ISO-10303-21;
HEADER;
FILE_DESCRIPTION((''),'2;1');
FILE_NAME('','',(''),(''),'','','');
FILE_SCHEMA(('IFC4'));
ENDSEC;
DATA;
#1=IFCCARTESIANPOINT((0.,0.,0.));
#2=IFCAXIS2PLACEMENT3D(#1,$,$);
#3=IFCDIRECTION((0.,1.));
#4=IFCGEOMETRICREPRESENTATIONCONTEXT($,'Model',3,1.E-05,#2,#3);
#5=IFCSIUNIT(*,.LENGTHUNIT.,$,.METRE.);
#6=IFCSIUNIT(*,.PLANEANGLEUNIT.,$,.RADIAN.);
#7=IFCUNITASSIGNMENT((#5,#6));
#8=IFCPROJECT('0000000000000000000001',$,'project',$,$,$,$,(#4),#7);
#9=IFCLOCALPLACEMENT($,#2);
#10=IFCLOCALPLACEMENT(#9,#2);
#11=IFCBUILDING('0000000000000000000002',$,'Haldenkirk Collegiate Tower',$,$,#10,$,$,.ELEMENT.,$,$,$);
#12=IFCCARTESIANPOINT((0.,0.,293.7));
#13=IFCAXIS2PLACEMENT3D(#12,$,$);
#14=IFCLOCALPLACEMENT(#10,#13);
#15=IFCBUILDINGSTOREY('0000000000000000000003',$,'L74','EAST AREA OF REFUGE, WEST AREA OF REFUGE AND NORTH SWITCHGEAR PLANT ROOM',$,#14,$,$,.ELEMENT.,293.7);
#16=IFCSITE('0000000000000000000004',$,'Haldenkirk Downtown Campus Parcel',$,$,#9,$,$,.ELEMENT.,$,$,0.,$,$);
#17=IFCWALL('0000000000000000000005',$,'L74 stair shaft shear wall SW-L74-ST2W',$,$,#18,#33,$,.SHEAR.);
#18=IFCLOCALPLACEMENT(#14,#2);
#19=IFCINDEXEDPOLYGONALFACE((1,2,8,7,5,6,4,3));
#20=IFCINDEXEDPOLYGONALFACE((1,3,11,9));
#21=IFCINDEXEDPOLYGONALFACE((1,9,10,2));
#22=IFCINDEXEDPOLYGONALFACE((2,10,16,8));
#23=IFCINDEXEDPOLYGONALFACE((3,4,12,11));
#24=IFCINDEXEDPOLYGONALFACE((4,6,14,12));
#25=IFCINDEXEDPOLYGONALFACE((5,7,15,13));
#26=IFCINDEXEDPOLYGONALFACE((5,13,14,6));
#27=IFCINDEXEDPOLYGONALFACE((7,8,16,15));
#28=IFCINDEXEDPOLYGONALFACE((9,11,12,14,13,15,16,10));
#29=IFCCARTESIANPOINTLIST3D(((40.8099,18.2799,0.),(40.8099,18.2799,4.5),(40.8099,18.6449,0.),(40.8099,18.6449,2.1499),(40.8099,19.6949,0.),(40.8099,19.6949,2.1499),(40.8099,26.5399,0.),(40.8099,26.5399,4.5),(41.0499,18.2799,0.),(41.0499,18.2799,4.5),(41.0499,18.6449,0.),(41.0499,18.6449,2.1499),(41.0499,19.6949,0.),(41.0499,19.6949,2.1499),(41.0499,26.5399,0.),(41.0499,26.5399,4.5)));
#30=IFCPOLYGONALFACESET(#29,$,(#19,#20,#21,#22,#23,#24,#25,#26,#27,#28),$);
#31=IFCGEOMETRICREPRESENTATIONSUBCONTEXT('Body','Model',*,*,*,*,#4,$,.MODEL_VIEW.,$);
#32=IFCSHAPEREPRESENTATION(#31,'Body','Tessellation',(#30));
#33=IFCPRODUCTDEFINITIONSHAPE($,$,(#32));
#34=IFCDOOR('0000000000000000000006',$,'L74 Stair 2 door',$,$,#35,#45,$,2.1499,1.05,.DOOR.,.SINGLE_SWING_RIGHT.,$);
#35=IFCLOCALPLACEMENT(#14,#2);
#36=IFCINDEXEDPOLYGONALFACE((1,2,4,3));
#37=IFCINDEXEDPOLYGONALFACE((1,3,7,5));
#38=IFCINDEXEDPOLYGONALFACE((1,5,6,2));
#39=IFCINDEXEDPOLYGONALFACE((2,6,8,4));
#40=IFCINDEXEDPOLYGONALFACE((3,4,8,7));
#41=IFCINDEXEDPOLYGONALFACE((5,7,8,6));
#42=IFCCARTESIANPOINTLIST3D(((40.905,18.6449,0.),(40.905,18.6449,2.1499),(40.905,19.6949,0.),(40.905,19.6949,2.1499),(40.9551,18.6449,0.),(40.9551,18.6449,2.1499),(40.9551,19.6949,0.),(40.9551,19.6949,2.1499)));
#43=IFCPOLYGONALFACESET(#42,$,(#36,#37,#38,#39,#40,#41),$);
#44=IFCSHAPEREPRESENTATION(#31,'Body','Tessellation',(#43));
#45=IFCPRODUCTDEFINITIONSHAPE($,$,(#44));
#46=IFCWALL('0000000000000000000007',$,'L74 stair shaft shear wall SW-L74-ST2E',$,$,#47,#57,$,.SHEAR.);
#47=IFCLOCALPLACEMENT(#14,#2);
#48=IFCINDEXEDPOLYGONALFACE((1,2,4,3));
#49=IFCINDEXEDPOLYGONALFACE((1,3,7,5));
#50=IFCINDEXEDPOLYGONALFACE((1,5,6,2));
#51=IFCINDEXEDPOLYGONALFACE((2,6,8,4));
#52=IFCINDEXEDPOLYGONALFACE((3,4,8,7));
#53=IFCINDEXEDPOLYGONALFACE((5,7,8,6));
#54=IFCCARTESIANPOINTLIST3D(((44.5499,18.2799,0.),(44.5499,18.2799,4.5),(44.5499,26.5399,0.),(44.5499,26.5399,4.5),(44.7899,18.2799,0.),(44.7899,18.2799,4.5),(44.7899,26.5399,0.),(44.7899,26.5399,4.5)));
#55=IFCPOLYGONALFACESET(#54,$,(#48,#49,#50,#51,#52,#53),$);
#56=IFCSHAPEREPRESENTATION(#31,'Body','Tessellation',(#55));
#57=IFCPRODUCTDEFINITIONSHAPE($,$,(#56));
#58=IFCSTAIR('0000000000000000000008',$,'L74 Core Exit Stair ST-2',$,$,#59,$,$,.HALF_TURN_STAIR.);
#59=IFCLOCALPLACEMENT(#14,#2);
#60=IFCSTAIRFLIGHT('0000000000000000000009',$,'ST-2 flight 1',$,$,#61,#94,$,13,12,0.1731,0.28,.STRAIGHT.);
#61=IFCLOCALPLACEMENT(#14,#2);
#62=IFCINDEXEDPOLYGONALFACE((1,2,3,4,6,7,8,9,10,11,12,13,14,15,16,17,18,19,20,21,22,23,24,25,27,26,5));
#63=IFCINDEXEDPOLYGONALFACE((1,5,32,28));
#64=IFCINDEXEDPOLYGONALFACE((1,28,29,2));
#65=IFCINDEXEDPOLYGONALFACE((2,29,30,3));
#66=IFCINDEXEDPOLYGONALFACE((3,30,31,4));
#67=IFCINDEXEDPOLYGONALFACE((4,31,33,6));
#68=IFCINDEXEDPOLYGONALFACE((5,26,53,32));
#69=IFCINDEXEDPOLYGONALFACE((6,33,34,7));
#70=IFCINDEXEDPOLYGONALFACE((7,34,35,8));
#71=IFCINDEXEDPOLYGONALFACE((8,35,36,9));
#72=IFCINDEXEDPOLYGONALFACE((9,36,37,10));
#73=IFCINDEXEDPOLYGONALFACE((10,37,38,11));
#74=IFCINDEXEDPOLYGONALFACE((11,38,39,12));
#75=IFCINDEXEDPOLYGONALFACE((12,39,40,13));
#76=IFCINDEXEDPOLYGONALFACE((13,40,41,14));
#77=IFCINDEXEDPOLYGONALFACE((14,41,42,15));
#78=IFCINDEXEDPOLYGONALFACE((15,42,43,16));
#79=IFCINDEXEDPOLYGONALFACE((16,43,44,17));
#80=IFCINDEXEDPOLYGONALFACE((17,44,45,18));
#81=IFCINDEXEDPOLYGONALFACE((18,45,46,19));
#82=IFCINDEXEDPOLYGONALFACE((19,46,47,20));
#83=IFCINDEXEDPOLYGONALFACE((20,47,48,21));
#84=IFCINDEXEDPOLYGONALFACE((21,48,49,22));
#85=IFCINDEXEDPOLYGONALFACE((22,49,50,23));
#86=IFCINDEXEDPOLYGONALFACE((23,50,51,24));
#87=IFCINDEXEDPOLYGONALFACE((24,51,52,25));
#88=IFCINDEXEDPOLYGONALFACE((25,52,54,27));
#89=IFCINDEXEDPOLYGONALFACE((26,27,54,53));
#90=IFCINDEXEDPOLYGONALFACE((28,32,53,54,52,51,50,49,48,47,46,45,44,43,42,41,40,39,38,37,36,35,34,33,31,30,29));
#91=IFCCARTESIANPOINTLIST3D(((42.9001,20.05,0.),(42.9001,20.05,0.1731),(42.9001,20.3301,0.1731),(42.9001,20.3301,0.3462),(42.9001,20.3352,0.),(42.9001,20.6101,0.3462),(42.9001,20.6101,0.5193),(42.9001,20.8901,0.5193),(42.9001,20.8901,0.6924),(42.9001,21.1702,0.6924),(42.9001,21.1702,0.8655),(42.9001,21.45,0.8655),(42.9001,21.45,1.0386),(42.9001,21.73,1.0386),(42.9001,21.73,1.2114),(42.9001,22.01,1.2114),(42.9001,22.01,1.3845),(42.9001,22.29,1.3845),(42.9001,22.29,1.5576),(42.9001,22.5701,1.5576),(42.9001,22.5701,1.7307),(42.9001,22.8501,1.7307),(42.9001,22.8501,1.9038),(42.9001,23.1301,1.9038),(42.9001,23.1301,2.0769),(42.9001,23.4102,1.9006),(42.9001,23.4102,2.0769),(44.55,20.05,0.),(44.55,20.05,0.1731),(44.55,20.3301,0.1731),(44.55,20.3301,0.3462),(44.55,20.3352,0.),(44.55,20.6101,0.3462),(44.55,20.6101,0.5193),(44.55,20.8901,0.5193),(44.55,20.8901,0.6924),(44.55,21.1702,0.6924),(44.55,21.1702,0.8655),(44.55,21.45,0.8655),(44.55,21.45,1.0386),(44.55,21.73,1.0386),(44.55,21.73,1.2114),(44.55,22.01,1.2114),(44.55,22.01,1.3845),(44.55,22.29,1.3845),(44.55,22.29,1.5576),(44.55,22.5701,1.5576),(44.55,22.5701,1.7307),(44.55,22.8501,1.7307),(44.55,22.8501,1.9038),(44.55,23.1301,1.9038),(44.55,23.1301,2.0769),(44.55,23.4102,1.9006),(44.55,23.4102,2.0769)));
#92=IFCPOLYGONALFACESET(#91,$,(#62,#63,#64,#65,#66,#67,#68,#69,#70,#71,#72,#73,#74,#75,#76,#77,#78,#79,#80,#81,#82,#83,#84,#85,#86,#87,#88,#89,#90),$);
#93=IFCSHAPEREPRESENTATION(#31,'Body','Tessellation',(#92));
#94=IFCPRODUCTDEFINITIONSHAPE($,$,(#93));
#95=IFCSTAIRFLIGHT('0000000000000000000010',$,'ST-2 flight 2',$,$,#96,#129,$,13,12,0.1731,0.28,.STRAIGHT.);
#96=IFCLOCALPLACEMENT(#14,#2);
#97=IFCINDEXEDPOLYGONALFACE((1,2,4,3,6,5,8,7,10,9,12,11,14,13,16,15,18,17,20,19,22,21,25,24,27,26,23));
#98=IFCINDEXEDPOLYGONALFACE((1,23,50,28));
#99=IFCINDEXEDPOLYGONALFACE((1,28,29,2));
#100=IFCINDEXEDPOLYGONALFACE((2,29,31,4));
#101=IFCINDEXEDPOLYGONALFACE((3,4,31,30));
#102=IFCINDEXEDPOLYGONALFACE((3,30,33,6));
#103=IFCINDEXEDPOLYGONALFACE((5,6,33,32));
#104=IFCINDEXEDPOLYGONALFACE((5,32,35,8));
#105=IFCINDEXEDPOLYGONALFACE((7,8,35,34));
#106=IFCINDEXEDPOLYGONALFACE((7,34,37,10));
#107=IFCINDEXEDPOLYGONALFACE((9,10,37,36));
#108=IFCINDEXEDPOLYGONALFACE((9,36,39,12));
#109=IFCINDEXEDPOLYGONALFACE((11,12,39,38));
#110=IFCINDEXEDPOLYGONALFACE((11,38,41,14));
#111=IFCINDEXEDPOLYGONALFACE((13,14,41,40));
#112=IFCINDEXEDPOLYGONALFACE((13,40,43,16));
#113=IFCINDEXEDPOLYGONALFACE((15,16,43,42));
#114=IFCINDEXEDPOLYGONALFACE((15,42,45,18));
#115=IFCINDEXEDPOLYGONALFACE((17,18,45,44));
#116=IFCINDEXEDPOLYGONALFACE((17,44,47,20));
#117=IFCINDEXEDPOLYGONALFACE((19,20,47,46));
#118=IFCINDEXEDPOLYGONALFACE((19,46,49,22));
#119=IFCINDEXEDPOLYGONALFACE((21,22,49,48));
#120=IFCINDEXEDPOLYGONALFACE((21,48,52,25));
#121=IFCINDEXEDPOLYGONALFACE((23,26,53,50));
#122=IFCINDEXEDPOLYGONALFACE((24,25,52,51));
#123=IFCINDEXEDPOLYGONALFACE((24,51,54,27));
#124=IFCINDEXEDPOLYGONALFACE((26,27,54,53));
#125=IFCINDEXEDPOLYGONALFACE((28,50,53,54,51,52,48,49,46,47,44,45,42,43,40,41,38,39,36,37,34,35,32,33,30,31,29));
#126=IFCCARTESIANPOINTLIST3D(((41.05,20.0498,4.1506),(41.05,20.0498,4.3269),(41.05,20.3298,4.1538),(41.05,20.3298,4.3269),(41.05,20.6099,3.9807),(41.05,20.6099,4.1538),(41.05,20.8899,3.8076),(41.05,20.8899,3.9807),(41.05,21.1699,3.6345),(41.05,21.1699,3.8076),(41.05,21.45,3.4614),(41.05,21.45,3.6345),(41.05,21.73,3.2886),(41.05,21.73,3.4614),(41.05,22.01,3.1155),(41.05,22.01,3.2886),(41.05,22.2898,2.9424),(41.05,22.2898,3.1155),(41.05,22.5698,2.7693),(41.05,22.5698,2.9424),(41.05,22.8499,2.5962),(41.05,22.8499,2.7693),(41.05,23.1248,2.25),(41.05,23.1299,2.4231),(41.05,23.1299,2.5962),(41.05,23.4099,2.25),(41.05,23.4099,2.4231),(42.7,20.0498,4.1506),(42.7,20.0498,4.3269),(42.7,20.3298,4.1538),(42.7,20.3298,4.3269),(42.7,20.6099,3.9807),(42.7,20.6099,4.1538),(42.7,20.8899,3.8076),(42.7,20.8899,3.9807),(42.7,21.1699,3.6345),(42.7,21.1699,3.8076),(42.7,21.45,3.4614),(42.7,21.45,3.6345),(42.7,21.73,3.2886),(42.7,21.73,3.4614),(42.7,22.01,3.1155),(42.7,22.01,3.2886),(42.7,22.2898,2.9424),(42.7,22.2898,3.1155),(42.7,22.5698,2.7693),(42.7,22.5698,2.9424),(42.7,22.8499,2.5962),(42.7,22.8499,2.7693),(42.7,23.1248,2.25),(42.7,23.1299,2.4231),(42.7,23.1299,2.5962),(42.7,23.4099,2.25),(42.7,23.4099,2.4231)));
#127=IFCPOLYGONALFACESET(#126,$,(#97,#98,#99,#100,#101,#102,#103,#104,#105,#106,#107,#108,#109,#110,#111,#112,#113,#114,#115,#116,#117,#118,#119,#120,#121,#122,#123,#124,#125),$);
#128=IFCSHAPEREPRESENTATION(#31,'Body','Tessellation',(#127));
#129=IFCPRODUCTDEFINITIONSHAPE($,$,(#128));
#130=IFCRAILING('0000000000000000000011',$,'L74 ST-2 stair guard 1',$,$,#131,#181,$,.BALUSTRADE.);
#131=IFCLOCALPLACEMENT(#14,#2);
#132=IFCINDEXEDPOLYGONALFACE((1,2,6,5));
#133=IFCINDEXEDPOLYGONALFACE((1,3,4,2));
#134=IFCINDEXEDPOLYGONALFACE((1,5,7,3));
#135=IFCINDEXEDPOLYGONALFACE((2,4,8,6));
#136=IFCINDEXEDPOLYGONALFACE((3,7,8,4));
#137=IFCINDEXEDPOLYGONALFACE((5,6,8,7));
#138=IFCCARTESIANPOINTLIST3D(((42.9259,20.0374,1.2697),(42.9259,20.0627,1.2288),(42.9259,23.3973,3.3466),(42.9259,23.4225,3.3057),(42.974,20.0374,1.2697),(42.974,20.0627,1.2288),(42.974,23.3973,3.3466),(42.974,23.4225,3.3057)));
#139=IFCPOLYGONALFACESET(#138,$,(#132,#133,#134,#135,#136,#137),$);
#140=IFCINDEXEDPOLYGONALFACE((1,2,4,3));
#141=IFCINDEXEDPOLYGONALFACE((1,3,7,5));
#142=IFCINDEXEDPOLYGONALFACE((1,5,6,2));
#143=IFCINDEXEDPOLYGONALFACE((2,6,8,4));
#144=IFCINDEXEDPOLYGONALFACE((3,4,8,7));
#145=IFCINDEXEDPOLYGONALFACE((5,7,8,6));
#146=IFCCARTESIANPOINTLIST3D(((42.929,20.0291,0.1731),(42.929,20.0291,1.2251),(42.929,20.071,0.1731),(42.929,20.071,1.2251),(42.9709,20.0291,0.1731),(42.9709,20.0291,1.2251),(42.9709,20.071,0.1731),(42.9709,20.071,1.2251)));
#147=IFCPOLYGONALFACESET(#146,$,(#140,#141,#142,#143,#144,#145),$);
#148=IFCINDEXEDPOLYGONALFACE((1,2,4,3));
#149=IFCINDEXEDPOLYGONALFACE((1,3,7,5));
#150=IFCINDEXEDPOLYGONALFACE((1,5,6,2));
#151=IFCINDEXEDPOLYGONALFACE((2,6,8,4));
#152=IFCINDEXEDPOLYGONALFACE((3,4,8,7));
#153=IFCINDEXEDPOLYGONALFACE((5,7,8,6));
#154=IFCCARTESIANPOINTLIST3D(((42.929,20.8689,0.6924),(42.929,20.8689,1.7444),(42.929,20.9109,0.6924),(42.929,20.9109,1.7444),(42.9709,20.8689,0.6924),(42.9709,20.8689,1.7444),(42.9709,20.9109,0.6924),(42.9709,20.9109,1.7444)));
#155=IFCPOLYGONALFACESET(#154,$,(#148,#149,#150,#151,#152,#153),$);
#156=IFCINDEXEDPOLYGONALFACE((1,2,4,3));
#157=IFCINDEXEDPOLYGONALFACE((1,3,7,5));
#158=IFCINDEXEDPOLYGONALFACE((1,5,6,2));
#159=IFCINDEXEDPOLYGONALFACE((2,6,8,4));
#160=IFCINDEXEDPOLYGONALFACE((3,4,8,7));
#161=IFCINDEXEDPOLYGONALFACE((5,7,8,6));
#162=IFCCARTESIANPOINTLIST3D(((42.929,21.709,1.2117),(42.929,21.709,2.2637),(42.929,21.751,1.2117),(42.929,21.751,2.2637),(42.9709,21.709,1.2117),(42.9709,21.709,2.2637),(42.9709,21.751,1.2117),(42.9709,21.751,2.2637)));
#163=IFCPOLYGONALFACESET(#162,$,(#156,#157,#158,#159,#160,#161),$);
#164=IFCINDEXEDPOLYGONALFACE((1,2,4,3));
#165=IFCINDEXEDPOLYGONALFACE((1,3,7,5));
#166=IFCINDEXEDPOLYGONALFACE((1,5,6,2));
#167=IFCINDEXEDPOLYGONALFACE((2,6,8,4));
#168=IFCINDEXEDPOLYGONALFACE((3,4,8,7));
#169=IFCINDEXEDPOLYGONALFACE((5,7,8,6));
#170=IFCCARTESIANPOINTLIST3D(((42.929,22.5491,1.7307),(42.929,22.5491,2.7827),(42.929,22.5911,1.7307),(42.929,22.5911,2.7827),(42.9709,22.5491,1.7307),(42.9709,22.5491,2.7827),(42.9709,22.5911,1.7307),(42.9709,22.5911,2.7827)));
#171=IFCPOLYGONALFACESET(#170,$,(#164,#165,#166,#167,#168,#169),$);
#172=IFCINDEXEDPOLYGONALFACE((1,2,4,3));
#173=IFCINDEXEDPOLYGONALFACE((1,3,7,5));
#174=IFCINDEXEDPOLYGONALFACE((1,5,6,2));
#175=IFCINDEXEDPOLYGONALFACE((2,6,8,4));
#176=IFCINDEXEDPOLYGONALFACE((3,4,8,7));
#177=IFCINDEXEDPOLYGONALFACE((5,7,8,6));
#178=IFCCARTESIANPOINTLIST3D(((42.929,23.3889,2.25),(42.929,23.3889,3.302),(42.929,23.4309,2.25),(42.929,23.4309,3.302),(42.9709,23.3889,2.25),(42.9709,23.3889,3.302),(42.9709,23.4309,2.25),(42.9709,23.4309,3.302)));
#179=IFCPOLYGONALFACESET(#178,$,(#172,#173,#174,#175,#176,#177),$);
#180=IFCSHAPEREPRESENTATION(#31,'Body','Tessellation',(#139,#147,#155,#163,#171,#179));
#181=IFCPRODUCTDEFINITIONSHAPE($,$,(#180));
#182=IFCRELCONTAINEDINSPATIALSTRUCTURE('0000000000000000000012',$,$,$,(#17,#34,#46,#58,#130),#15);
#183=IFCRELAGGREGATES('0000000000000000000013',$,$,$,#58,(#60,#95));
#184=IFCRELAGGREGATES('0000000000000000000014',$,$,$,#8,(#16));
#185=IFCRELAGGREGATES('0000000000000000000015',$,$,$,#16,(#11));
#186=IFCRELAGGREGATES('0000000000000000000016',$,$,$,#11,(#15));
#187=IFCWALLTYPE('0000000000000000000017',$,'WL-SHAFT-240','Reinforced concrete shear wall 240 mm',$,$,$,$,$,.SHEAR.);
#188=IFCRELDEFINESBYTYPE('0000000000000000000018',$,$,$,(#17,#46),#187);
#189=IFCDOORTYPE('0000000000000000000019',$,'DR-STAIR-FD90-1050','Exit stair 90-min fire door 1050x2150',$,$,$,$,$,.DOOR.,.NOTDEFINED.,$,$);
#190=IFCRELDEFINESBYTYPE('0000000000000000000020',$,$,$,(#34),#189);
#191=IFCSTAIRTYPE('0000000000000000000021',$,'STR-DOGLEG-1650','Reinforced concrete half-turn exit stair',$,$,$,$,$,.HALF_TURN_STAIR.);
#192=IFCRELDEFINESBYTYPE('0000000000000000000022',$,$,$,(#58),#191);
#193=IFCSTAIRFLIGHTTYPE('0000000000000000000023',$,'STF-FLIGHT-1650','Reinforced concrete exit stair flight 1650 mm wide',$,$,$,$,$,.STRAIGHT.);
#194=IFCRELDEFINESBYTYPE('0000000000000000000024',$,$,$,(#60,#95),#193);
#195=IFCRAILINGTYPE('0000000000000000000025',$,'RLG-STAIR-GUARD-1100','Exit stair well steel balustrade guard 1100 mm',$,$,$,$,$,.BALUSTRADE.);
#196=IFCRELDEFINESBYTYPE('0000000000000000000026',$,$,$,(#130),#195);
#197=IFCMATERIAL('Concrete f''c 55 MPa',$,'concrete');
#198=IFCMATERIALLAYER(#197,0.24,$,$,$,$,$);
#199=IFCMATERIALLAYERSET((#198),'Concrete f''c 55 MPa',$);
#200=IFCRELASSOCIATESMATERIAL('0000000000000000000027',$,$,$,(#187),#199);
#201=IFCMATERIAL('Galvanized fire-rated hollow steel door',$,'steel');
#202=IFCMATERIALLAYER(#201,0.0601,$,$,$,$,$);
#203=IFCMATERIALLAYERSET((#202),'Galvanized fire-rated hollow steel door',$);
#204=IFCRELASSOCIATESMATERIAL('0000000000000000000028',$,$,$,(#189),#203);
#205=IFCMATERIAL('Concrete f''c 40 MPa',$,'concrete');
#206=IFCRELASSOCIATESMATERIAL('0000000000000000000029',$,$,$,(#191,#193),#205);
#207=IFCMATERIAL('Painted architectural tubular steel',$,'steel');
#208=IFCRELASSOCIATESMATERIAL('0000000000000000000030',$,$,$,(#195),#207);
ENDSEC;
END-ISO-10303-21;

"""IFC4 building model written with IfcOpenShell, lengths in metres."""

from ifc_helpers import new_model, si_unit, direction, frame, frame_2d, origin, origin_2d, place, context, subcontext, project, spatial, polyline, rectangle, outline, extrude, material, layer, layer_set, type_object, element, fill, aggregate, save


model = new_model("IFC4")

# Units and contexts
model_context = context("Model", 3, precision=1e-05, world=origin(), true_north=direction((0.0, 1.0)))
body_context = subcontext(model_context, "Body", "Model", "MODEL_VIEW")
ifc_project = project(units=[si_unit("LENGTHUNIT", "METRE"), si_unit("PLANEANGLEUNIT", "RADIAN")], contexts=[model_context])

# Site, building, storey
site_placement = place(None, origin())
site = spatial("IfcSite", under=ifc_project, at=site_placement, Name="Haldenkirk Downtown Campus Parcel", CompositionType="ELEMENT", RefElevation=0.0)
building_placement = place(site_placement, origin())
building = spatial("IfcBuilding", under=site, at=building_placement, Name="Haldenkirk Collegiate Tower", CompositionType="ELEMENT")
storey_placement = place(building_placement, frame((0.0, 0.0, 293.7)))
storey = spatial("IfcBuildingStorey", under=building, at=storey_placement, Name="L74", Description="EAST AREA OF REFUGE, WEST AREA OF REFUGE AND NORTH SWITCHGEAR PLANT ROOM", CompositionType="ELEMENT", Elevation=293.7)

# Shared definitions
ifc_material_1 = material(Name="Concrete f'c 55 MPa", Category="concrete")
ifc_material_2 = material(Name="Galvanized fire-rated hollow steel door", Category="steel")

# Wall, opening, door
ifc_layer_1 = layer(ifc_material_1, 0.24)
ifc_layer_set_1 = layer_set([ifc_layer_1], Name="Concrete f'c 55 MPa")
wall_type_1 = type_object("IfcWallType", Name="WL-SHAFT-240", Description="Reinforced concrete shear wall 240 mm", PredefinedType="SHEAR", material=ifc_layer_set_1)
wall_1_placement = place(storey_placement, frame((40.9299, 18.28, 0.0), z_axis=(0.0, 0.0, 1.0), x_axis=(0.0, 1.0, 0.0)))
wall_1 = element("IfcWall", 1, at=wall_1_placement, inside=storey, type_object=wall_type_1, Name="L74 stair shaft shear wall SW-L74-ST2W", PredefinedType="SHEAR", context=body_context, shape_type="SweptSolid", body=[
    extrude(rectangle(XDim=8.26, YDim=0.24, at=frame_2d((4.1299, 0.0))), origin(), (0.0, 0.0, 1.0), 4.5),
])
opening_1_placement = place(wall_1_placement, frame((0.365, 0.0, 0.0)))
opening_1 = element("IfcOpeningElement", 2, at=opening_1_placement, cuts=wall_1, PredefinedType="OPENING", context=body_context, shape_type="SweptSolid", body=[
    extrude(rectangle(XDim=1.05, YDim=2.1499, at=frame_2d((0.5249, 1.075))), frame((0.0, 0.1299, 0.0), z_axis=(0.0, -1.0, 0.0), x_axis=(1.0, 0.0, 0.0)), (0.0, 0.0, 1.0), 0.26),
])
ifc_layer_2 = layer(ifc_material_2, 0.0601)
ifc_layer_set_2 = layer_set([ifc_layer_2], Name="Galvanized fire-rated hollow steel door")
door_type_1 = type_object("IfcDoorType", Name="DR-STAIR-FD90-1050", Description="Exit stair 90-min fire door 1050x2150", OperationType="NOTDEFINED", PredefinedType="DOOR", material=ifc_layer_set_2)
door_1_placement = place(opening_1_placement, origin())
door_1 = element("IfcDoor", 3, at=door_1_placement, inside=storey, type_object=door_type_1, Name="L74 Stair 2 door", OperationType="SINGLE_SWING_RIGHT", OverallHeight=2.1499, OverallWidth=1.05, PredefinedType="DOOR", context=body_context, shape_type="SweptSolid", body=[
    extrude(rectangle(XDim=1.05, YDim=2.1499, at=frame_2d((0.5249, 1.075))), frame((0.0, 0.0249, 0.0), z_axis=(0.0, -1.0, 0.0), x_axis=(1.0, 0.0, 0.0)), (0.0, 0.0, 1.0), 0.05),
])
fill(opening_1, door_1)

# Wall
wall_2_placement = place(storey_placement, frame((44.6699, 18.28, 0.0), z_axis=(0.0, 0.0, 1.0), x_axis=(0.0, 1.0, 0.0)))
element("IfcWall", 4, at=wall_2_placement, inside=storey, type_object=wall_type_1, Name="L74 stair shaft shear wall SW-L74-ST2E", PredefinedType="SHEAR", context=body_context, shape_type="SweptSolid", body=[
    extrude(rectangle(XDim=8.26, YDim=0.24, at=frame_2d((4.1299, 0.0))), origin(), (0.0, 0.0, 1.0), 4.5),
])

# Stair, stair flights
ifc_material_3 = material(Name="Concrete f'c 40 MPa", Category="concrete")
stair_type = type_object("IfcStairType", Name="STR-DOGLEG-1650", Description="Reinforced concrete half-turn exit stair", PredefinedType="HALF_TURN_STAIR", material=ifc_material_3)
stair_placement = place(storey_placement, origin())
stair = element("IfcStair", 5, at=stair_placement, inside=storey, type_object=stair_type, Name="L74 Core Exit Stair ST-2", PredefinedType="HALF_TURN_STAIR")
stair_flight_type = type_object("IfcStairFlightType", Name="STF-FLIGHT-1650", Description="Reinforced concrete exit stair flight 1650 mm wide", PredefinedType="STRAIGHT", material=ifc_material_3)
stair_flight_1_placement = place(storey_placement, frame((43.7251, 20.05, 0.0), z_axis=(0.0, 0.0, 1.0), x_axis=(0.0, 1.0, 0.0)))
stair_flight_1 = element("IfcStairFlight", 6, at=stair_flight_1_placement, type_object=stair_flight_type, Name="ST-2 flight 1", NumberOfRisers=13, NumberOfTreads=12, PredefinedType="STRAIGHT", RiserHeight=0.1731, TreadLength=0.28, context=body_context, shape_type="SweptSolid", body=[
    extrude(outline(polyline([(0.0, 0.0), (0.0, 0.1731), (0.28, 0.1731), (0.28, 0.3462), (0.5601, 0.3462), (0.5601, 0.5193), (0.8401, 0.5193), (0.8401, 0.6924), (1.1201, 0.6924), (1.1201, 0.8655), (1.3999, 0.8655), (1.3999, 1.0386), (1.6799, 1.0386), (1.6799, 1.2114), (1.96, 1.2114), (1.96, 1.3845), (2.24, 1.3845), (2.24, 1.5576), (2.52, 1.5576), (2.52, 1.7307), (2.8, 1.7307), (2.8, 1.9038), (3.0801, 1.9038), (3.0801, 2.0769), (3.3601, 2.0769), (3.3601, 2.25), (3.3601, 1.9006), (0.2852, 0.0), (0.0, 0.0)])), frame((0.0, 0.825, 0.0), z_axis=(0.0, -1.0, 0.0), x_axis=(1.0, 0.0, 0.0)), (0.0, 0.0, 1.0), 1.6499),
])
stair_flight_2_placement = place(storey_placement, frame((41.875, 23.4099, 2.25), z_axis=(0.0, 0.0, 1.0), x_axis=(0.0, -1.0, 0.0)))
stair_flight_2 = element("IfcStairFlight", 7, at=stair_flight_2_placement, type_object=stair_flight_type, Name="ST-2 flight 2", NumberOfRisers=13, NumberOfTreads=12, PredefinedType="STRAIGHT", RiserHeight=0.1731, TreadLength=0.28, context=body_context, shape_type="SweptSolid", body=[
    extrude(outline(polyline([(0.0, 0.0), (0.0, 0.1731), (0.28, 0.1731), (0.28, 0.3462), (0.5601, 0.3462), (0.5601, 0.5193), (0.8401, 0.5193), (0.8401, 0.6924), (1.1201, 0.6924), (1.1201, 0.8655), (1.3999, 0.8655), (1.3999, 1.0386), (1.6799, 1.0386), (1.6799, 1.2114), (1.96, 1.2114), (1.96, 1.3845), (2.24, 1.3845), (2.24, 1.5576), (2.52, 1.5576), (2.52, 1.7307), (2.8, 1.7307), (2.8, 1.9038), (3.0801, 1.9038), (3.0801, 2.0769), (3.3601, 2.0769), (3.3601, 2.25), (3.3601, 1.9006), (0.2852, 0.0), (0.0, 0.0)])), frame((0.0, 0.825, 0.0), z_axis=(0.0, -1.0, 0.0), x_axis=(1.0, 0.0, 0.0)), (0.0, 0.0, 1.0), 1.6499),
])
aggregate(stair, [stair_flight_1, stair_flight_2])

# Railing
ifc_material_4 = material(Name="Painted architectural tubular steel", Category="steel")
railing_type_1 = type_object("IfcRailingType", Name="RLG-STAIR-GUARD-1100", Description="Exit stair well steel balustrade guard 1100 mm", PredefinedType="BALUSTRADE", material=ifc_material_4)
railing_1_placement = place(storey_placement, frame((42.95, 20.05, 0.1731)))
element("IfcRailing", 8, at=railing_1_placement, inside=storey, type_object=railing_type_1, Name="L74 ST-2 stair guard 1", PredefinedType="BALUSTRADE", context=body_context, shape_type="SweptSolid", body=[
    extrude(rectangle(XDim=0.0481, YDim=0.0481, at=origin_2d()), frame((0.0, 0.0, 1.0762), z_axis=(0.0, 0.850606, 0.525803), x_axis=(-1.0, 0.0, 0.0)), (0.0, 0.0, 1.0), 3.95),
    extrude(rectangle(XDim=0.042, YDim=0.042, at=origin_2d()), origin(), (0.0, 0.0, 1.0), 1.052),
    extrude(rectangle(XDim=0.042, YDim=0.042, at=origin_2d()), frame((0.0, 0.8398, 0.5193)), (0.0, 0.0, 1.0), 1.052),
    extrude(rectangle(XDim=0.042, YDim=0.042, at=origin_2d()), frame((0.0, 1.6799, 1.0386)), (0.0, 0.0, 1.0), 1.052),
    extrude(rectangle(XDim=0.042, YDim=0.042, at=origin_2d()), frame((0.0, 2.52, 1.5576)), (0.0, 0.0, 1.0), 1.052),
    extrude(rectangle(XDim=0.042, YDim=0.042, at=origin_2d()), frame((0.0, 3.3599, 2.0769)), (0.0, 0.0, 1.0), 1.052),
])

save(model, "model.ifc")
